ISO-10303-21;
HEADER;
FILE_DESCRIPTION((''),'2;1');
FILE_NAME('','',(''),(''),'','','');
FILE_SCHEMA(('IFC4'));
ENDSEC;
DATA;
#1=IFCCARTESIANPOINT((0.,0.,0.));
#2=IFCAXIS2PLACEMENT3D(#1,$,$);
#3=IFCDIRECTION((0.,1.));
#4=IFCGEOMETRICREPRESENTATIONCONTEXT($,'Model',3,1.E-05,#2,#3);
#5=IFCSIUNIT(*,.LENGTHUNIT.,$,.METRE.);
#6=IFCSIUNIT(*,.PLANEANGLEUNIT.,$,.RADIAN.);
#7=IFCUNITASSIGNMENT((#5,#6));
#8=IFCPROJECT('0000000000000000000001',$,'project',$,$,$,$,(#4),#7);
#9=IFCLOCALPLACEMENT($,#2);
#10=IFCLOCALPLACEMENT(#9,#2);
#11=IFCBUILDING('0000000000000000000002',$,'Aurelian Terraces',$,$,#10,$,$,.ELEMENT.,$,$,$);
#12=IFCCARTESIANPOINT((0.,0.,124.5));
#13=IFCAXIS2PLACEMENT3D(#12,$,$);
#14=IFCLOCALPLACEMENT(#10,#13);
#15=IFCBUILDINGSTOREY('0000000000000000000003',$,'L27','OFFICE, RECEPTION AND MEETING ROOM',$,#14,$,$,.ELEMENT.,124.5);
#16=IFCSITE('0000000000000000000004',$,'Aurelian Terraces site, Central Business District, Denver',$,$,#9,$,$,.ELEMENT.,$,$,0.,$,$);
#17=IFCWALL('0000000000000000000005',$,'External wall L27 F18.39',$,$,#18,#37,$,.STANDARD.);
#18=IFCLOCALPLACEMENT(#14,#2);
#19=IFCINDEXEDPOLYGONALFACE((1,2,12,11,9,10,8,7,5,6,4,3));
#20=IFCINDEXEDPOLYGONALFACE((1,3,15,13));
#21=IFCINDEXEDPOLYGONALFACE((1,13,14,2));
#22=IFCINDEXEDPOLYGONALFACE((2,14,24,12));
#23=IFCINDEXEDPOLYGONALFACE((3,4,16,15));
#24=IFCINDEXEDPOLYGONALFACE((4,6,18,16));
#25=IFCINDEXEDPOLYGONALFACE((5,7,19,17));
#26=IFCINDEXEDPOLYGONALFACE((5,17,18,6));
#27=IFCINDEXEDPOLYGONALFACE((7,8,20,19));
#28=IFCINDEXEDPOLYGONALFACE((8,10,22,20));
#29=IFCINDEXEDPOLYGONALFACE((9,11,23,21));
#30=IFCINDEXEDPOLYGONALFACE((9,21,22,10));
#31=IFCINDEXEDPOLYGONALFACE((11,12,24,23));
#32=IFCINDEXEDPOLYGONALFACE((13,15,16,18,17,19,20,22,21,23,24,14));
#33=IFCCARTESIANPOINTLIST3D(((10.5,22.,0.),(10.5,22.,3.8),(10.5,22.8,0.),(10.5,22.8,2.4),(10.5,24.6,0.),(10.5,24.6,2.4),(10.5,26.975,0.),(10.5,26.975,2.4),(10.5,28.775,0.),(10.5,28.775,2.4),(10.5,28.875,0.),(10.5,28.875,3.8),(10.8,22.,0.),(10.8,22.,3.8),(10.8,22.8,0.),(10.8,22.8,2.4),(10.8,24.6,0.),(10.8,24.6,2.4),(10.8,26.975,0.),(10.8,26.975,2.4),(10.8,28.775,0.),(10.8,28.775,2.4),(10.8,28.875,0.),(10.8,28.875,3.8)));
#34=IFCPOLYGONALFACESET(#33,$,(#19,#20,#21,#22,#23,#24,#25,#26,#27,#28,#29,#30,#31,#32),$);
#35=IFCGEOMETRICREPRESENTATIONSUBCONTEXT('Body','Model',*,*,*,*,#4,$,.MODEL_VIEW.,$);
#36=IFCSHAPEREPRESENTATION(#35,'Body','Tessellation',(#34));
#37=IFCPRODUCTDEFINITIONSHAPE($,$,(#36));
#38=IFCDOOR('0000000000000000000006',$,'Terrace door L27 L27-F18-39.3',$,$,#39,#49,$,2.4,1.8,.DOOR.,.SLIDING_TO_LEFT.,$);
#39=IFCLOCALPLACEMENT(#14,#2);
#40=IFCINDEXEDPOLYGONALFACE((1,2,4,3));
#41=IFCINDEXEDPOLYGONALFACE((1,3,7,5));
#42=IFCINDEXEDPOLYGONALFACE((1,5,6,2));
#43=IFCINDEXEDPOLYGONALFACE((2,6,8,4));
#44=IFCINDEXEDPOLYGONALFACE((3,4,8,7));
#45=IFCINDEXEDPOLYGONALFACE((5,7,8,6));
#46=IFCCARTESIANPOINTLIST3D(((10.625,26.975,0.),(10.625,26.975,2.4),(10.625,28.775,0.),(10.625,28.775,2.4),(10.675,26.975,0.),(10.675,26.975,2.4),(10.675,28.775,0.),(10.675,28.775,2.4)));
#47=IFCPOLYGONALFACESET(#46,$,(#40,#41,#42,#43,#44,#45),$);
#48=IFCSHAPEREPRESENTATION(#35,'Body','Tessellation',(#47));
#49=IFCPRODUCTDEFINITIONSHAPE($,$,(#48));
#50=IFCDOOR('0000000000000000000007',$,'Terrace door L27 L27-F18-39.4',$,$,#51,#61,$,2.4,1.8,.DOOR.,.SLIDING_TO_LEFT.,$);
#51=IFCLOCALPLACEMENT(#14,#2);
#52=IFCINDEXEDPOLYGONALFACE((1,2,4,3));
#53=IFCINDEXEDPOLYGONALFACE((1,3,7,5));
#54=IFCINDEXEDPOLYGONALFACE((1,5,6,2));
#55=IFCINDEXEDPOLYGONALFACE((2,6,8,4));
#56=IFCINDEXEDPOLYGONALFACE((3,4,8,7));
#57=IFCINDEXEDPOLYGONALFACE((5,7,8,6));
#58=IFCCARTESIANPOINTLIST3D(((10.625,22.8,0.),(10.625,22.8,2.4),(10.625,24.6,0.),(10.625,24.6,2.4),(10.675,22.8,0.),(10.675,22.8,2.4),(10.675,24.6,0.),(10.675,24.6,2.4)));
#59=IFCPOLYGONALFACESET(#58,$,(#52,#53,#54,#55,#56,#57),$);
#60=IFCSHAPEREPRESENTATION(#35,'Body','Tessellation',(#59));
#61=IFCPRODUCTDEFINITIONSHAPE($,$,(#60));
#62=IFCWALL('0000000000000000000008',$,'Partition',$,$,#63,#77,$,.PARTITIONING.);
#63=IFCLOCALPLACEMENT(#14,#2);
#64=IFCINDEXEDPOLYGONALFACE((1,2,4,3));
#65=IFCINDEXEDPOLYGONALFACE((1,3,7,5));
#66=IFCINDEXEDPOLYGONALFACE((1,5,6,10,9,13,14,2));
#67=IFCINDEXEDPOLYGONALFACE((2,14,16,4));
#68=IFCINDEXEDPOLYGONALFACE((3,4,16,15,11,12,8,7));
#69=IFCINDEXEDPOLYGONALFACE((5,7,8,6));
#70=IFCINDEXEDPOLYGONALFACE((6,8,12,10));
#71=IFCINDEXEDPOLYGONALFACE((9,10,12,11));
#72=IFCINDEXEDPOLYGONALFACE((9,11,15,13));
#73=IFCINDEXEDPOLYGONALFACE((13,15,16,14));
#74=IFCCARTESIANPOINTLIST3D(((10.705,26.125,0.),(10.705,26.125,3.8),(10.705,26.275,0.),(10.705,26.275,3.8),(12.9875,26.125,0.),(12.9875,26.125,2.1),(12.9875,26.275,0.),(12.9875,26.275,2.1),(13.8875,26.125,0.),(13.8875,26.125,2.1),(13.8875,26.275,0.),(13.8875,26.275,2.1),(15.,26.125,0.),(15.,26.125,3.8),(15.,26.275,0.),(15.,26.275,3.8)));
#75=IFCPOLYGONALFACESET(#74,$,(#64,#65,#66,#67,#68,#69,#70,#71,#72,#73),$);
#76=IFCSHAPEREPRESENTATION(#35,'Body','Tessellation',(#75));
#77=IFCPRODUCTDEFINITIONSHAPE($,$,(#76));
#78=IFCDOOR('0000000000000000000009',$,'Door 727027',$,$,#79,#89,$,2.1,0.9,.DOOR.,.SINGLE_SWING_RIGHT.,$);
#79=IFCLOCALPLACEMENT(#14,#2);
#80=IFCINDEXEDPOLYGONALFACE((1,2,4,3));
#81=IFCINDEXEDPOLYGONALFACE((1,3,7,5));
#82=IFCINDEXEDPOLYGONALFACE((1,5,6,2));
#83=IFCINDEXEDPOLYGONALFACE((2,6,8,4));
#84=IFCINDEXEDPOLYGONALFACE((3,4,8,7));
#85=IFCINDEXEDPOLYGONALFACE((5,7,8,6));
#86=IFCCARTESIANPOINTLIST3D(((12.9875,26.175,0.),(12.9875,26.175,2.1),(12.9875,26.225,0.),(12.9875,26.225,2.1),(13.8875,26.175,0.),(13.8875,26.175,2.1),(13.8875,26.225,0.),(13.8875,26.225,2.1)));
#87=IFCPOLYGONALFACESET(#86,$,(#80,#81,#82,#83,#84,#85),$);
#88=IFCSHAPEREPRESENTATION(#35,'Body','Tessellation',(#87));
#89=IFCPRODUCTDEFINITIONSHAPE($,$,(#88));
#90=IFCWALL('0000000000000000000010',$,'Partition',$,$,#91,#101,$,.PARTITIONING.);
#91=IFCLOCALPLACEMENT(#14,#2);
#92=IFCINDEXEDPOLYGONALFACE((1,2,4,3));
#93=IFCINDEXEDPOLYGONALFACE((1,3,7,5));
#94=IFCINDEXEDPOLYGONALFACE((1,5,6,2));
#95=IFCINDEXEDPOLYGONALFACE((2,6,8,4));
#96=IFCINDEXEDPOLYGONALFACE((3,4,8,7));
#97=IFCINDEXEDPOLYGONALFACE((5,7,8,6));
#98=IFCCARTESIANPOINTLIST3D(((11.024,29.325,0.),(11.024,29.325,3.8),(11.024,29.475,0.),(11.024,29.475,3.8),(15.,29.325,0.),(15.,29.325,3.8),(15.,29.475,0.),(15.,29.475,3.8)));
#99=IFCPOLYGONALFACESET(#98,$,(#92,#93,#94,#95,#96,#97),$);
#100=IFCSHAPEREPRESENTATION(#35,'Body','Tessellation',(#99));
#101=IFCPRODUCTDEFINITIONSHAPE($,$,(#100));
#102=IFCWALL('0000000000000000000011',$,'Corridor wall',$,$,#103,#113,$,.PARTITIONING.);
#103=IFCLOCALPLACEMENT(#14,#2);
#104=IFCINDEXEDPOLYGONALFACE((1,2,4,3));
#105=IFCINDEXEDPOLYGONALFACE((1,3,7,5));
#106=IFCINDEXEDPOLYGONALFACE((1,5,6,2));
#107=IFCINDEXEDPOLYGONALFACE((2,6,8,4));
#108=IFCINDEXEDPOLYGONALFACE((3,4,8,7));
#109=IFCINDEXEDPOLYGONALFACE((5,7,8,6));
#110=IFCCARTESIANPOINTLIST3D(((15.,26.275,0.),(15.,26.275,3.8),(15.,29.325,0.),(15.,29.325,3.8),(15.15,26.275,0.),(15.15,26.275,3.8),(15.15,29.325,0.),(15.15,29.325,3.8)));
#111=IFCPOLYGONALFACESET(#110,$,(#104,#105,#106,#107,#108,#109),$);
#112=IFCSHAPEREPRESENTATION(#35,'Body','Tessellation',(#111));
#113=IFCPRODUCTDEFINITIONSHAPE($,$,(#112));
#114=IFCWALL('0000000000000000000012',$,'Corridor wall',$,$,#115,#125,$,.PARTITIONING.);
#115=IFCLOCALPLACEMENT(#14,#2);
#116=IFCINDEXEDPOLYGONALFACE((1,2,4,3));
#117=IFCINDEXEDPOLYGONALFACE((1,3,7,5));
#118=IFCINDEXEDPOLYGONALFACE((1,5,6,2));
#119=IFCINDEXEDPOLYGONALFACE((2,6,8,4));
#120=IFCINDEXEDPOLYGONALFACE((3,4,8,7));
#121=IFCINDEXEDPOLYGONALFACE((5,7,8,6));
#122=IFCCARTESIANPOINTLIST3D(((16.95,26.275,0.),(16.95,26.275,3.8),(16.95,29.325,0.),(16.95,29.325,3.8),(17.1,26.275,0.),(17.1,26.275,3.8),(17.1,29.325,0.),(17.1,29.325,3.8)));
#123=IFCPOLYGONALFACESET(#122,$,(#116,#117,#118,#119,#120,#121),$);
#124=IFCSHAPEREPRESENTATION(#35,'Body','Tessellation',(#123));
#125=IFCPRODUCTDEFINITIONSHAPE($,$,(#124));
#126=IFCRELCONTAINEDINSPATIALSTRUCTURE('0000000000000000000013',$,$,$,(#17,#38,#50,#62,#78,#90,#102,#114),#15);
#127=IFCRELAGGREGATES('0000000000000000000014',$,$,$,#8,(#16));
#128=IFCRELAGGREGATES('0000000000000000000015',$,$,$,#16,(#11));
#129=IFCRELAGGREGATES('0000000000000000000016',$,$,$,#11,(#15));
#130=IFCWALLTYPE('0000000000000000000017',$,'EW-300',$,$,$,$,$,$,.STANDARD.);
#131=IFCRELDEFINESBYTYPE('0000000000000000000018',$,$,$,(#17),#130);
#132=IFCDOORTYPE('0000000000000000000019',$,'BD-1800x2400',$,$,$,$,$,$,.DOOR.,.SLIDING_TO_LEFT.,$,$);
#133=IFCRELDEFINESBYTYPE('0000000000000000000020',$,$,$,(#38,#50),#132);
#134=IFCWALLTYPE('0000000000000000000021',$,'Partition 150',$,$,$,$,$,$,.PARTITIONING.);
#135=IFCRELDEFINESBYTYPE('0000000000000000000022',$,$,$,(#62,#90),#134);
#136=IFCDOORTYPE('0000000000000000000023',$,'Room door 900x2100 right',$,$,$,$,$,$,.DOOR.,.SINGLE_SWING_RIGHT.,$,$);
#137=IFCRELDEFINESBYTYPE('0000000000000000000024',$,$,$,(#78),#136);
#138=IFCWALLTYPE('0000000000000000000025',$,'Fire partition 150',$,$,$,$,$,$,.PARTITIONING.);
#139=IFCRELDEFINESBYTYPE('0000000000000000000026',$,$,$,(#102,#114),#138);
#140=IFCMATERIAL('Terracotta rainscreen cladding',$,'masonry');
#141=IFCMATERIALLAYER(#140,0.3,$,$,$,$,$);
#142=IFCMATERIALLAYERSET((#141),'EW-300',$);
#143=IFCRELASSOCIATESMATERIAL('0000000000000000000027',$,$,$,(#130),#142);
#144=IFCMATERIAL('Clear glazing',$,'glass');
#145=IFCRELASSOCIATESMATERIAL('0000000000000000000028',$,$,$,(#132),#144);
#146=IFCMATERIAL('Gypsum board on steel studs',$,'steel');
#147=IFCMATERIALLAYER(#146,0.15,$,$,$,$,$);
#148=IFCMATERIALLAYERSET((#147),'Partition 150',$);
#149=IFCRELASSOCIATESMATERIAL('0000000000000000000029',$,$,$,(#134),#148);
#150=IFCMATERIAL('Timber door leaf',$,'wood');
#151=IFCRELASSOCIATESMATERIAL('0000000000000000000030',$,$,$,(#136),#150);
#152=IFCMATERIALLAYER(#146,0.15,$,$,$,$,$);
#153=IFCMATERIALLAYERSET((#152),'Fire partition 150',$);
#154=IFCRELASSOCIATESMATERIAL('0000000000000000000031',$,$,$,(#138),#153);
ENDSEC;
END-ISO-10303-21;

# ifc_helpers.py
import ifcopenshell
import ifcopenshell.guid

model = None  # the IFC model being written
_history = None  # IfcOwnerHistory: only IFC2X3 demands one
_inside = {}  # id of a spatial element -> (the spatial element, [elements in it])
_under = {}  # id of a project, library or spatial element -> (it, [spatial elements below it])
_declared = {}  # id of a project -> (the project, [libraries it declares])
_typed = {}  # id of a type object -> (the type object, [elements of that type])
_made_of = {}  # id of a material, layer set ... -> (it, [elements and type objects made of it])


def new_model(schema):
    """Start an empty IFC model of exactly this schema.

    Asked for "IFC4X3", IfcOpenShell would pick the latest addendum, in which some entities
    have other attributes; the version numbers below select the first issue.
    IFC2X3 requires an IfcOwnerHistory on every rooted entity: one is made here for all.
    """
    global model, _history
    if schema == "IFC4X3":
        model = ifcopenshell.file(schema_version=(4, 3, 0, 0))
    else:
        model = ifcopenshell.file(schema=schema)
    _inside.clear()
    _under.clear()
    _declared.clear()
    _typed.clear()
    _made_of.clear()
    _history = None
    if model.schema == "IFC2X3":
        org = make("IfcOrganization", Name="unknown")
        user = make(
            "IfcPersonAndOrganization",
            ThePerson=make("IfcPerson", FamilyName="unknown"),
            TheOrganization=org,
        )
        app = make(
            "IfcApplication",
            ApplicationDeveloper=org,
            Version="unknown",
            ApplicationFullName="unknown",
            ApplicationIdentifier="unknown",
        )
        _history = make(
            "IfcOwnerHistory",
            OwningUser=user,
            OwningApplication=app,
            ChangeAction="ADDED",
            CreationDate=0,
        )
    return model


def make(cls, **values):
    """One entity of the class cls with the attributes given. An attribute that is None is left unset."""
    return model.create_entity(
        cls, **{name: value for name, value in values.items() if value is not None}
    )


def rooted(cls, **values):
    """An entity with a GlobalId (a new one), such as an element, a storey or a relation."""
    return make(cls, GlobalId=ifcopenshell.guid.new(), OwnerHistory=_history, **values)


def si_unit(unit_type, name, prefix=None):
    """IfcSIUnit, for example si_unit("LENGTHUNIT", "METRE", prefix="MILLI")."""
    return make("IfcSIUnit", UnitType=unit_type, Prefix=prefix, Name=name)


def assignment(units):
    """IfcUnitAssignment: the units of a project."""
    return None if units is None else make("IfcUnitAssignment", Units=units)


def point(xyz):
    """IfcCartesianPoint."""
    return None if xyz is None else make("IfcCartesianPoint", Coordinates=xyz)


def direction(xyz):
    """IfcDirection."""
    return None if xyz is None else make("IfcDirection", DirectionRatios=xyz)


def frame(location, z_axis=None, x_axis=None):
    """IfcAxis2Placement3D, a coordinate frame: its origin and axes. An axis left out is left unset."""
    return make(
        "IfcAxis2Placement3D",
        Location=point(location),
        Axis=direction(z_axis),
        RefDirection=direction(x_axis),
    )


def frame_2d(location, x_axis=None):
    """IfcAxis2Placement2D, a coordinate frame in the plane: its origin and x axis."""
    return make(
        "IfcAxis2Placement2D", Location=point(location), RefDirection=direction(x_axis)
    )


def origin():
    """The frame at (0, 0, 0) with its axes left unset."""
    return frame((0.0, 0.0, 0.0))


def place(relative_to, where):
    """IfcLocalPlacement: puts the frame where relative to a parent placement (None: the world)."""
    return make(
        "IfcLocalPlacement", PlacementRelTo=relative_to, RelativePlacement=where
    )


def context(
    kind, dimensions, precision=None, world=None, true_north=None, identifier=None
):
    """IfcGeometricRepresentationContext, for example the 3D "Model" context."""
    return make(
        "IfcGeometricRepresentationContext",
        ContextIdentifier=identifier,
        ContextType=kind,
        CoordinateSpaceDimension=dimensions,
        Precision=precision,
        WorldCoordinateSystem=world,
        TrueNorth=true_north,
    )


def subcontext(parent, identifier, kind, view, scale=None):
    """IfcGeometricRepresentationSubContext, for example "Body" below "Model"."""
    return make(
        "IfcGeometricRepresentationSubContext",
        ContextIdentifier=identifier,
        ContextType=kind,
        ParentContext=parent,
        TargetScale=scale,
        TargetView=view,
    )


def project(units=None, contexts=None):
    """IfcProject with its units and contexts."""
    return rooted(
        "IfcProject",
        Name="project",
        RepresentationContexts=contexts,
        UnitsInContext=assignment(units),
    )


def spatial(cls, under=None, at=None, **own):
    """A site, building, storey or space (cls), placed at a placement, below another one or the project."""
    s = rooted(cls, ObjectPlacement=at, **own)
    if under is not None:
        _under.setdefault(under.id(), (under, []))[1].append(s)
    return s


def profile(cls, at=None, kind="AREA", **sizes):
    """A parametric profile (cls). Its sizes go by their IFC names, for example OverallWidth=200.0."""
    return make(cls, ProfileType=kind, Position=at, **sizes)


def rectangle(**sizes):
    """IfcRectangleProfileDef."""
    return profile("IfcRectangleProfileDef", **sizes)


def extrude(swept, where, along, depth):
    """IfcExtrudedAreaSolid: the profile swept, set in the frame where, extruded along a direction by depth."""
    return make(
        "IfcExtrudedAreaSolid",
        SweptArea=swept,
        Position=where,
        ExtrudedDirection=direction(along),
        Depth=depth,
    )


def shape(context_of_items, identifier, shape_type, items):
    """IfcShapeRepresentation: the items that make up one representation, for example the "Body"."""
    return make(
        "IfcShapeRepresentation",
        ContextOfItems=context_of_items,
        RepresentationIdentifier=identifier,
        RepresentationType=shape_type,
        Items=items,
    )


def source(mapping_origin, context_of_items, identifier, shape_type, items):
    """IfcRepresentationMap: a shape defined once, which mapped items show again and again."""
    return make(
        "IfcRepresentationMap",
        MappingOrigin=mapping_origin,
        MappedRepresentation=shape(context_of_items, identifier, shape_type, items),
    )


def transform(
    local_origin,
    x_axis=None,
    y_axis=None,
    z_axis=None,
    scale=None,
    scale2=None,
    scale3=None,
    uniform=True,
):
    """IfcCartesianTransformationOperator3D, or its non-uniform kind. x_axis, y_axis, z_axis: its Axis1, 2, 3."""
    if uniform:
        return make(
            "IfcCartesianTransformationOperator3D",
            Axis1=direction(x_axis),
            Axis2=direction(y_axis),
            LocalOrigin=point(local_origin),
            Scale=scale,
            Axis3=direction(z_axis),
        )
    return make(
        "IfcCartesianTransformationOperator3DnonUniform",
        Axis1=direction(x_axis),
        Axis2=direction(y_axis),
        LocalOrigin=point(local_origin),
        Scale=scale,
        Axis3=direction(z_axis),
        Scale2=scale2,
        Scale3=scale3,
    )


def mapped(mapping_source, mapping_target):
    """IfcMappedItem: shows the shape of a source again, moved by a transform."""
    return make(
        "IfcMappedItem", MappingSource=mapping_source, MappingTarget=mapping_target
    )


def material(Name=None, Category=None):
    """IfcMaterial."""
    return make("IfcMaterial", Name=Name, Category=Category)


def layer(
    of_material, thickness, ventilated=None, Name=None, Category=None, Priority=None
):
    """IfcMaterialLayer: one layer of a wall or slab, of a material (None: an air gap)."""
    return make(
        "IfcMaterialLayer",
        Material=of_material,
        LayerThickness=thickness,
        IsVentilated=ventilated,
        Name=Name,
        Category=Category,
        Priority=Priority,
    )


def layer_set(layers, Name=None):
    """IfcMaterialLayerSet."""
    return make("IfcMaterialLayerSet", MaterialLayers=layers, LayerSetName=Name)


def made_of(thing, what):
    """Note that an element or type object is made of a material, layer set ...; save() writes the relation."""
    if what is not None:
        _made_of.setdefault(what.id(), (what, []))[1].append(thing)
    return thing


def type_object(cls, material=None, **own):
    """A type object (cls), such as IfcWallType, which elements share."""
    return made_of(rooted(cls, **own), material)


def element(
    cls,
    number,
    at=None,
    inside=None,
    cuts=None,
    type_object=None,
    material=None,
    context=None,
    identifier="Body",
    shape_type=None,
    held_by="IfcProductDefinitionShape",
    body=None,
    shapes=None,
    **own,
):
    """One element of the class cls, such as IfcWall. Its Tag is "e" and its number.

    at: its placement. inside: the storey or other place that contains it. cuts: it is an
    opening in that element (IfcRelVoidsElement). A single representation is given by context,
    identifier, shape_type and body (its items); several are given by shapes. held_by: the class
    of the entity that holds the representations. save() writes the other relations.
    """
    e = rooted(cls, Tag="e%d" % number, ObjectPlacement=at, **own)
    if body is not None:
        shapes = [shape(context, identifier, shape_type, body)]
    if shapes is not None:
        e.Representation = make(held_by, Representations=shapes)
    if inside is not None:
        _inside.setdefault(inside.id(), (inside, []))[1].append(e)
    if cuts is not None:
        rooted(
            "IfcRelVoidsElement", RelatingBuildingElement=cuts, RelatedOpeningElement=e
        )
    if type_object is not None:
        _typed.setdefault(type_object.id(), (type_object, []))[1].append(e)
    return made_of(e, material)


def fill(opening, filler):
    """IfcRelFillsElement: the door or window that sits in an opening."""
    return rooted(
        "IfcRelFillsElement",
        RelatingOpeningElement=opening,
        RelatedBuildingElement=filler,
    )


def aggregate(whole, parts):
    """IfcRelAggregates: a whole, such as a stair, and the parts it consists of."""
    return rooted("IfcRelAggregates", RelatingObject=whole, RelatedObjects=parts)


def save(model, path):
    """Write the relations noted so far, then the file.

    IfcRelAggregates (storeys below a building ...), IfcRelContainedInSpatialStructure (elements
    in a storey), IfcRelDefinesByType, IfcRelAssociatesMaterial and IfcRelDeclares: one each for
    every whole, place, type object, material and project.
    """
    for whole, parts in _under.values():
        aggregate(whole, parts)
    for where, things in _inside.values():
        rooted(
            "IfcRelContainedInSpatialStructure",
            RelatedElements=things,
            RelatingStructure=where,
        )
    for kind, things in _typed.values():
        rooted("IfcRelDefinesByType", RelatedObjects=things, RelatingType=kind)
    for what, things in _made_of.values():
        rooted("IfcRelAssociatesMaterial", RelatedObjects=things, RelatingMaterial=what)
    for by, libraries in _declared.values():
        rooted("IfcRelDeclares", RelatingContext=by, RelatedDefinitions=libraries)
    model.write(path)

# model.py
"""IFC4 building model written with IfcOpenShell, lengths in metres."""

from ifc_helpers import new_model, si_unit, direction, frame, frame_2d, origin, place, context, subcontext, project, spatial, rectangle, extrude, source, transform, mapped, material, layer, layer_set, type_object, element, fill, save


model = new_model("IFC4")

# Units and contexts
model_context = context("Model", 3, precision=1e-05, world=origin(), true_north=direction((0.0, 1.0)))
body_context = subcontext(model_context, "Body", "Model", "MODEL_VIEW")
ifc_project = project(units=[si_unit("LENGTHUNIT", "METRE"), si_unit("PLANEANGLEUNIT", "RADIAN")], contexts=[model_context])

# Site, building, storey
site_placement = place(None, origin())
site = spatial("IfcSite", under=ifc_project, at=site_placement, Name="Aurelian Terraces site, Central Business District, Denver", CompositionType="ELEMENT", RefElevation=0.0)
building_placement = place(site_placement, origin())
building = spatial("IfcBuilding", under=site, at=building_placement, Name="Aurelian Terraces", CompositionType="ELEMENT")
storey_placement = place(building_placement, frame((0.0, 0.0, 124.5)))
storey = spatial("IfcBuildingStorey", under=building, at=storey_placement, Name="L27", Description="OFFICE, RECEPTION AND MEETING ROOM", CompositionType="ELEMENT", Elevation=124.5)

# Wall, openings, doors
ifc_material_1 = material(Name="Terracotta rainscreen cladding", Category="masonry")
ifc_layer_1 = layer(ifc_material_1, 0.3)
ifc_layer_set_1 = layer_set([ifc_layer_1], Name="EW-300")
wall_type_1 = type_object("IfcWallType", Name="EW-300", PredefinedType="STANDARD", material=ifc_layer_set_1)
shared_shape_1 = source(origin(), body_context, "Body", "SweptSolid", [
    extrude(rectangle(XDim=6.875, YDim=0.3, at=frame_2d((3.4375, 0.0))), origin(), (0.0, 0.0, 1.0), 3.8),
])
wall_1_placement = place(storey_placement, frame((10.65, 28.875, 0.0), z_axis=(0.0, 0.0, 1.0), x_axis=(0.0, -1.0, 0.0)))
wall_1 = element("IfcWall", 1, at=wall_1_placement, inside=storey, type_object=wall_type_1, Name="External wall L27 F18.39", PredefinedType="STANDARD", context=body_context, shape_type="MappedRepresentation", body=[
    mapped(shared_shape_1, transform((0.0, 0.0, 0.0), scale=1.0)),
])
shared_shape_2 = source(origin(), body_context, "Body", "SweptSolid", [
    extrude(rectangle(XDim=1.8, YDim=2.4, at=frame_2d((0.9, 1.2))), frame((0.0, 0.16, 0.0), z_axis=(0.0, -1.0, 0.0), x_axis=(1.0, 0.0, 0.0)), (0.0, 0.0, 1.0), 0.32),
])
opening_1_placement = place(wall_1_placement, frame((0.1, 0.0, 0.0)))
opening_1 = element("IfcOpeningElement", 2, at=opening_1_placement, cuts=wall_1, PredefinedType="OPENING", context=body_context, shape_type="MappedRepresentation", body=[
    mapped(shared_shape_2, transform((0.0, 0.0, 0.0), scale=1.0)),
])
opening_2_placement = place(wall_1_placement, frame((4.275, 0.0, 0.0)))
opening_2 = element("IfcOpeningElement", 3, at=opening_2_placement, cuts=wall_1, PredefinedType="OPENING", context=body_context, shape_type="MappedRepresentation", body=[
    mapped(shared_shape_2, transform((0.0, 0.0, 0.0), scale=1.0)),
])
ifc_material_2 = material(Name="Clear glazing", Category="glass")
door_type_1 = type_object("IfcDoorType", Name="BD-1800x2400", OperationType="SLIDING_TO_LEFT", PredefinedType="DOOR", material=ifc_material_2)
shared_shape_3 = source(origin(), body_context, "Body", "SweptSolid", [
    extrude(rectangle(XDim=1.8, YDim=2.4, at=frame_2d((0.9, 1.2))), frame((0.0, 0.025, 0.0), z_axis=(0.0, -1.0, 0.0), x_axis=(1.0, 0.0, 0.0)), (0.0, 0.0, 1.0), 0.05),
])
door_1_placement = place(opening_1_placement, origin())
door_1 = element("IfcDoor", 4, at=door_1_placement, inside=storey, type_object=door_type_1, Name="Terrace door L27 L27-F18-39.3", OperationType="SLIDING_TO_LEFT", OverallHeight=2.4, OverallWidth=1.8, PredefinedType="DOOR", context=body_context, shape_type="MappedRepresentation", body=[
    mapped(shared_shape_3, transform((0.0, 0.0, 0.0), scale=1.0)),
])
fill(opening_1, door_1)
door_2_placement = place(opening_2_placement, origin())
door_2 = element("IfcDoor", 5, at=door_2_placement, inside=storey, type_object=door_type_1, Name="Terrace door L27 L27-F18-39.4", OperationType="SLIDING_TO_LEFT", OverallHeight=2.4, OverallWidth=1.8, PredefinedType="DOOR", context=body_context, shape_type="MappedRepresentation", body=[
    mapped(shared_shape_3, transform((0.0, 0.0, 0.0), scale=1.0)),
])
fill(opening_2, door_2)

# Wall, opening, door
ifc_material_3 = material(Name="Gypsum board on steel studs", Category="steel")
ifc_layer_2 = layer(ifc_material_3, 0.15)
ifc_layer_set_2 = layer_set([ifc_layer_2], Name="Partition 150")
wall_type_2 = type_object("IfcWallType", Name="Partition 150", PredefinedType="PARTITIONING", material=ifc_layer_set_2)
shared_shape_4 = source(origin(), body_context, "Body", "SweptSolid", [
    extrude(rectangle(XDim=4.295, YDim=0.15, at=frame_2d((2.1475, 0.0))), origin(), (0.0, 0.0, 1.0), 3.8),
])
wall_2_placement = place(storey_placement, frame((10.705, 26.2, 0.0), z_axis=(0.0, 0.0, 1.0), x_axis=(1.0, 0.0, 0.0)))
wall_2 = element("IfcWall", 6, at=wall_2_placement, inside=storey, type_object=wall_type_2, Name="Partition", PredefinedType="PARTITIONING", context=body_context, shape_type="MappedRepresentation", body=[
    mapped(shared_shape_4, transform((0.0, 0.0, 0.0), scale=1.0)),
])
shared_shape_5 = source(origin(), body_context, "Body", "SweptSolid", [
    extrude(rectangle(XDim=0.9, YDim=2.1, at=frame_2d((0.45, 1.05))), frame((0.0, 0.085, 0.0), z_axis=(0.0, -1.0, 0.0), x_axis=(1.0, 0.0, 0.0)), (0.0, 0.0, 1.0), 0.17),
])
opening_3_placement = place(wall_2_placement, frame((2.2825, 0.0, 0.0)))
opening_3 = element("IfcOpeningElement", 7, at=opening_3_placement, cuts=wall_2, PredefinedType="OPENING", context=body_context, shape_type="MappedRepresentation", body=[
    mapped(shared_shape_5, transform((0.0, 0.0, 0.0), scale=1.0)),
])
ifc_material_4 = material(Name="Timber door leaf", Category="wood")
door_type_2 = type_object("IfcDoorType", Name="Room door 900x2100 right", OperationType="SINGLE_SWING_RIGHT", PredefinedType="DOOR", material=ifc_material_4)
shared_shape_6 = source(origin(), body_context, "Body", "SweptSolid", [
    extrude(rectangle(XDim=0.9, YDim=2.1, at=frame_2d((0.45, 1.05))), frame((0.0, 0.025, 0.0), z_axis=(0.0, -1.0, 0.0), x_axis=(1.0, 0.0, 0.0)), (0.0, 0.0, 1.0), 0.05),
])
door_3_placement = place(opening_3_placement, origin())
door_3 = element("IfcDoor", 8, at=door_3_placement, inside=storey, type_object=door_type_2, Name="Door 727027", OperationType="SINGLE_SWING_RIGHT", OverallHeight=2.1, OverallWidth=0.9, PredefinedType="DOOR", context=body_context, shape_type="MappedRepresentation", body=[
    mapped(shared_shape_6, transform((0.0, 0.0, 0.0), scale=1.0)),
])
fill(opening_3, door_3)

# Walls
shared_shape_7 = source(origin(), body_context, "Body", "SweptSolid", [
    extrude(rectangle(XDim=3.976, YDim=0.15, at=frame_2d((1.988, 0.0))), origin(), (0.0, 0.0, 1.0), 3.8),
])
wall_3_placement = place(storey_placement, frame((15.0, 29.4, 0.0), z_axis=(0.0, 0.0, 1.0), x_axis=(-1.0, 0.0, 0.0)))
element("IfcWall", 9, at=wall_3_placement, inside=storey, type_object=wall_type_2, Name="Partition", PredefinedType="PARTITIONING", context=body_context, shape_type="MappedRepresentation", body=[
    mapped(shared_shape_7, transform((0.0, 0.0, 0.0), scale=1.0)),
])
ifc_layer_3 = layer(ifc_material_3, 0.15)
ifc_layer_set_3 = layer_set([ifc_layer_3], Name="Fire partition 150")
wall_type_3 = type_object("IfcWallType", Name="Fire partition 150", PredefinedType="PARTITIONING", material=ifc_layer_set_3)
shared_shape_8 = source(origin(), body_context, "Body", "SweptSolid", [
    extrude(rectangle(XDim=3.05, YDim=0.15, at=frame_2d((1.525, 0.0))), origin(), (0.0, 0.0, 1.0), 3.8),
])
for number, where, z_axis, x_axis, name in (
    (10, (15.075, 26.275, 0.0), (0.0, 0.0, 1.0), (0.0, 1.0, 0.0), "Corridor wall"),
    (11, (17.025, 29.325, 0.0), (0.0, 0.0, 1.0), (0.0, -1.0, 0.0), "Corridor wall"),
):
    element("IfcWall", number, at=place(storey_placement, frame(where, z_axis=z_axis, x_axis=x_axis)), inside=storey, type_object=wall_type_3, Name=name, PredefinedType="PARTITIONING", context=body_context, shape_type="MappedRepresentation", body=[
        mapped(shared_shape_8, transform((0.0, 0.0, 0.0), scale=1.0)),
    ])

save(model, "model.ifc")
